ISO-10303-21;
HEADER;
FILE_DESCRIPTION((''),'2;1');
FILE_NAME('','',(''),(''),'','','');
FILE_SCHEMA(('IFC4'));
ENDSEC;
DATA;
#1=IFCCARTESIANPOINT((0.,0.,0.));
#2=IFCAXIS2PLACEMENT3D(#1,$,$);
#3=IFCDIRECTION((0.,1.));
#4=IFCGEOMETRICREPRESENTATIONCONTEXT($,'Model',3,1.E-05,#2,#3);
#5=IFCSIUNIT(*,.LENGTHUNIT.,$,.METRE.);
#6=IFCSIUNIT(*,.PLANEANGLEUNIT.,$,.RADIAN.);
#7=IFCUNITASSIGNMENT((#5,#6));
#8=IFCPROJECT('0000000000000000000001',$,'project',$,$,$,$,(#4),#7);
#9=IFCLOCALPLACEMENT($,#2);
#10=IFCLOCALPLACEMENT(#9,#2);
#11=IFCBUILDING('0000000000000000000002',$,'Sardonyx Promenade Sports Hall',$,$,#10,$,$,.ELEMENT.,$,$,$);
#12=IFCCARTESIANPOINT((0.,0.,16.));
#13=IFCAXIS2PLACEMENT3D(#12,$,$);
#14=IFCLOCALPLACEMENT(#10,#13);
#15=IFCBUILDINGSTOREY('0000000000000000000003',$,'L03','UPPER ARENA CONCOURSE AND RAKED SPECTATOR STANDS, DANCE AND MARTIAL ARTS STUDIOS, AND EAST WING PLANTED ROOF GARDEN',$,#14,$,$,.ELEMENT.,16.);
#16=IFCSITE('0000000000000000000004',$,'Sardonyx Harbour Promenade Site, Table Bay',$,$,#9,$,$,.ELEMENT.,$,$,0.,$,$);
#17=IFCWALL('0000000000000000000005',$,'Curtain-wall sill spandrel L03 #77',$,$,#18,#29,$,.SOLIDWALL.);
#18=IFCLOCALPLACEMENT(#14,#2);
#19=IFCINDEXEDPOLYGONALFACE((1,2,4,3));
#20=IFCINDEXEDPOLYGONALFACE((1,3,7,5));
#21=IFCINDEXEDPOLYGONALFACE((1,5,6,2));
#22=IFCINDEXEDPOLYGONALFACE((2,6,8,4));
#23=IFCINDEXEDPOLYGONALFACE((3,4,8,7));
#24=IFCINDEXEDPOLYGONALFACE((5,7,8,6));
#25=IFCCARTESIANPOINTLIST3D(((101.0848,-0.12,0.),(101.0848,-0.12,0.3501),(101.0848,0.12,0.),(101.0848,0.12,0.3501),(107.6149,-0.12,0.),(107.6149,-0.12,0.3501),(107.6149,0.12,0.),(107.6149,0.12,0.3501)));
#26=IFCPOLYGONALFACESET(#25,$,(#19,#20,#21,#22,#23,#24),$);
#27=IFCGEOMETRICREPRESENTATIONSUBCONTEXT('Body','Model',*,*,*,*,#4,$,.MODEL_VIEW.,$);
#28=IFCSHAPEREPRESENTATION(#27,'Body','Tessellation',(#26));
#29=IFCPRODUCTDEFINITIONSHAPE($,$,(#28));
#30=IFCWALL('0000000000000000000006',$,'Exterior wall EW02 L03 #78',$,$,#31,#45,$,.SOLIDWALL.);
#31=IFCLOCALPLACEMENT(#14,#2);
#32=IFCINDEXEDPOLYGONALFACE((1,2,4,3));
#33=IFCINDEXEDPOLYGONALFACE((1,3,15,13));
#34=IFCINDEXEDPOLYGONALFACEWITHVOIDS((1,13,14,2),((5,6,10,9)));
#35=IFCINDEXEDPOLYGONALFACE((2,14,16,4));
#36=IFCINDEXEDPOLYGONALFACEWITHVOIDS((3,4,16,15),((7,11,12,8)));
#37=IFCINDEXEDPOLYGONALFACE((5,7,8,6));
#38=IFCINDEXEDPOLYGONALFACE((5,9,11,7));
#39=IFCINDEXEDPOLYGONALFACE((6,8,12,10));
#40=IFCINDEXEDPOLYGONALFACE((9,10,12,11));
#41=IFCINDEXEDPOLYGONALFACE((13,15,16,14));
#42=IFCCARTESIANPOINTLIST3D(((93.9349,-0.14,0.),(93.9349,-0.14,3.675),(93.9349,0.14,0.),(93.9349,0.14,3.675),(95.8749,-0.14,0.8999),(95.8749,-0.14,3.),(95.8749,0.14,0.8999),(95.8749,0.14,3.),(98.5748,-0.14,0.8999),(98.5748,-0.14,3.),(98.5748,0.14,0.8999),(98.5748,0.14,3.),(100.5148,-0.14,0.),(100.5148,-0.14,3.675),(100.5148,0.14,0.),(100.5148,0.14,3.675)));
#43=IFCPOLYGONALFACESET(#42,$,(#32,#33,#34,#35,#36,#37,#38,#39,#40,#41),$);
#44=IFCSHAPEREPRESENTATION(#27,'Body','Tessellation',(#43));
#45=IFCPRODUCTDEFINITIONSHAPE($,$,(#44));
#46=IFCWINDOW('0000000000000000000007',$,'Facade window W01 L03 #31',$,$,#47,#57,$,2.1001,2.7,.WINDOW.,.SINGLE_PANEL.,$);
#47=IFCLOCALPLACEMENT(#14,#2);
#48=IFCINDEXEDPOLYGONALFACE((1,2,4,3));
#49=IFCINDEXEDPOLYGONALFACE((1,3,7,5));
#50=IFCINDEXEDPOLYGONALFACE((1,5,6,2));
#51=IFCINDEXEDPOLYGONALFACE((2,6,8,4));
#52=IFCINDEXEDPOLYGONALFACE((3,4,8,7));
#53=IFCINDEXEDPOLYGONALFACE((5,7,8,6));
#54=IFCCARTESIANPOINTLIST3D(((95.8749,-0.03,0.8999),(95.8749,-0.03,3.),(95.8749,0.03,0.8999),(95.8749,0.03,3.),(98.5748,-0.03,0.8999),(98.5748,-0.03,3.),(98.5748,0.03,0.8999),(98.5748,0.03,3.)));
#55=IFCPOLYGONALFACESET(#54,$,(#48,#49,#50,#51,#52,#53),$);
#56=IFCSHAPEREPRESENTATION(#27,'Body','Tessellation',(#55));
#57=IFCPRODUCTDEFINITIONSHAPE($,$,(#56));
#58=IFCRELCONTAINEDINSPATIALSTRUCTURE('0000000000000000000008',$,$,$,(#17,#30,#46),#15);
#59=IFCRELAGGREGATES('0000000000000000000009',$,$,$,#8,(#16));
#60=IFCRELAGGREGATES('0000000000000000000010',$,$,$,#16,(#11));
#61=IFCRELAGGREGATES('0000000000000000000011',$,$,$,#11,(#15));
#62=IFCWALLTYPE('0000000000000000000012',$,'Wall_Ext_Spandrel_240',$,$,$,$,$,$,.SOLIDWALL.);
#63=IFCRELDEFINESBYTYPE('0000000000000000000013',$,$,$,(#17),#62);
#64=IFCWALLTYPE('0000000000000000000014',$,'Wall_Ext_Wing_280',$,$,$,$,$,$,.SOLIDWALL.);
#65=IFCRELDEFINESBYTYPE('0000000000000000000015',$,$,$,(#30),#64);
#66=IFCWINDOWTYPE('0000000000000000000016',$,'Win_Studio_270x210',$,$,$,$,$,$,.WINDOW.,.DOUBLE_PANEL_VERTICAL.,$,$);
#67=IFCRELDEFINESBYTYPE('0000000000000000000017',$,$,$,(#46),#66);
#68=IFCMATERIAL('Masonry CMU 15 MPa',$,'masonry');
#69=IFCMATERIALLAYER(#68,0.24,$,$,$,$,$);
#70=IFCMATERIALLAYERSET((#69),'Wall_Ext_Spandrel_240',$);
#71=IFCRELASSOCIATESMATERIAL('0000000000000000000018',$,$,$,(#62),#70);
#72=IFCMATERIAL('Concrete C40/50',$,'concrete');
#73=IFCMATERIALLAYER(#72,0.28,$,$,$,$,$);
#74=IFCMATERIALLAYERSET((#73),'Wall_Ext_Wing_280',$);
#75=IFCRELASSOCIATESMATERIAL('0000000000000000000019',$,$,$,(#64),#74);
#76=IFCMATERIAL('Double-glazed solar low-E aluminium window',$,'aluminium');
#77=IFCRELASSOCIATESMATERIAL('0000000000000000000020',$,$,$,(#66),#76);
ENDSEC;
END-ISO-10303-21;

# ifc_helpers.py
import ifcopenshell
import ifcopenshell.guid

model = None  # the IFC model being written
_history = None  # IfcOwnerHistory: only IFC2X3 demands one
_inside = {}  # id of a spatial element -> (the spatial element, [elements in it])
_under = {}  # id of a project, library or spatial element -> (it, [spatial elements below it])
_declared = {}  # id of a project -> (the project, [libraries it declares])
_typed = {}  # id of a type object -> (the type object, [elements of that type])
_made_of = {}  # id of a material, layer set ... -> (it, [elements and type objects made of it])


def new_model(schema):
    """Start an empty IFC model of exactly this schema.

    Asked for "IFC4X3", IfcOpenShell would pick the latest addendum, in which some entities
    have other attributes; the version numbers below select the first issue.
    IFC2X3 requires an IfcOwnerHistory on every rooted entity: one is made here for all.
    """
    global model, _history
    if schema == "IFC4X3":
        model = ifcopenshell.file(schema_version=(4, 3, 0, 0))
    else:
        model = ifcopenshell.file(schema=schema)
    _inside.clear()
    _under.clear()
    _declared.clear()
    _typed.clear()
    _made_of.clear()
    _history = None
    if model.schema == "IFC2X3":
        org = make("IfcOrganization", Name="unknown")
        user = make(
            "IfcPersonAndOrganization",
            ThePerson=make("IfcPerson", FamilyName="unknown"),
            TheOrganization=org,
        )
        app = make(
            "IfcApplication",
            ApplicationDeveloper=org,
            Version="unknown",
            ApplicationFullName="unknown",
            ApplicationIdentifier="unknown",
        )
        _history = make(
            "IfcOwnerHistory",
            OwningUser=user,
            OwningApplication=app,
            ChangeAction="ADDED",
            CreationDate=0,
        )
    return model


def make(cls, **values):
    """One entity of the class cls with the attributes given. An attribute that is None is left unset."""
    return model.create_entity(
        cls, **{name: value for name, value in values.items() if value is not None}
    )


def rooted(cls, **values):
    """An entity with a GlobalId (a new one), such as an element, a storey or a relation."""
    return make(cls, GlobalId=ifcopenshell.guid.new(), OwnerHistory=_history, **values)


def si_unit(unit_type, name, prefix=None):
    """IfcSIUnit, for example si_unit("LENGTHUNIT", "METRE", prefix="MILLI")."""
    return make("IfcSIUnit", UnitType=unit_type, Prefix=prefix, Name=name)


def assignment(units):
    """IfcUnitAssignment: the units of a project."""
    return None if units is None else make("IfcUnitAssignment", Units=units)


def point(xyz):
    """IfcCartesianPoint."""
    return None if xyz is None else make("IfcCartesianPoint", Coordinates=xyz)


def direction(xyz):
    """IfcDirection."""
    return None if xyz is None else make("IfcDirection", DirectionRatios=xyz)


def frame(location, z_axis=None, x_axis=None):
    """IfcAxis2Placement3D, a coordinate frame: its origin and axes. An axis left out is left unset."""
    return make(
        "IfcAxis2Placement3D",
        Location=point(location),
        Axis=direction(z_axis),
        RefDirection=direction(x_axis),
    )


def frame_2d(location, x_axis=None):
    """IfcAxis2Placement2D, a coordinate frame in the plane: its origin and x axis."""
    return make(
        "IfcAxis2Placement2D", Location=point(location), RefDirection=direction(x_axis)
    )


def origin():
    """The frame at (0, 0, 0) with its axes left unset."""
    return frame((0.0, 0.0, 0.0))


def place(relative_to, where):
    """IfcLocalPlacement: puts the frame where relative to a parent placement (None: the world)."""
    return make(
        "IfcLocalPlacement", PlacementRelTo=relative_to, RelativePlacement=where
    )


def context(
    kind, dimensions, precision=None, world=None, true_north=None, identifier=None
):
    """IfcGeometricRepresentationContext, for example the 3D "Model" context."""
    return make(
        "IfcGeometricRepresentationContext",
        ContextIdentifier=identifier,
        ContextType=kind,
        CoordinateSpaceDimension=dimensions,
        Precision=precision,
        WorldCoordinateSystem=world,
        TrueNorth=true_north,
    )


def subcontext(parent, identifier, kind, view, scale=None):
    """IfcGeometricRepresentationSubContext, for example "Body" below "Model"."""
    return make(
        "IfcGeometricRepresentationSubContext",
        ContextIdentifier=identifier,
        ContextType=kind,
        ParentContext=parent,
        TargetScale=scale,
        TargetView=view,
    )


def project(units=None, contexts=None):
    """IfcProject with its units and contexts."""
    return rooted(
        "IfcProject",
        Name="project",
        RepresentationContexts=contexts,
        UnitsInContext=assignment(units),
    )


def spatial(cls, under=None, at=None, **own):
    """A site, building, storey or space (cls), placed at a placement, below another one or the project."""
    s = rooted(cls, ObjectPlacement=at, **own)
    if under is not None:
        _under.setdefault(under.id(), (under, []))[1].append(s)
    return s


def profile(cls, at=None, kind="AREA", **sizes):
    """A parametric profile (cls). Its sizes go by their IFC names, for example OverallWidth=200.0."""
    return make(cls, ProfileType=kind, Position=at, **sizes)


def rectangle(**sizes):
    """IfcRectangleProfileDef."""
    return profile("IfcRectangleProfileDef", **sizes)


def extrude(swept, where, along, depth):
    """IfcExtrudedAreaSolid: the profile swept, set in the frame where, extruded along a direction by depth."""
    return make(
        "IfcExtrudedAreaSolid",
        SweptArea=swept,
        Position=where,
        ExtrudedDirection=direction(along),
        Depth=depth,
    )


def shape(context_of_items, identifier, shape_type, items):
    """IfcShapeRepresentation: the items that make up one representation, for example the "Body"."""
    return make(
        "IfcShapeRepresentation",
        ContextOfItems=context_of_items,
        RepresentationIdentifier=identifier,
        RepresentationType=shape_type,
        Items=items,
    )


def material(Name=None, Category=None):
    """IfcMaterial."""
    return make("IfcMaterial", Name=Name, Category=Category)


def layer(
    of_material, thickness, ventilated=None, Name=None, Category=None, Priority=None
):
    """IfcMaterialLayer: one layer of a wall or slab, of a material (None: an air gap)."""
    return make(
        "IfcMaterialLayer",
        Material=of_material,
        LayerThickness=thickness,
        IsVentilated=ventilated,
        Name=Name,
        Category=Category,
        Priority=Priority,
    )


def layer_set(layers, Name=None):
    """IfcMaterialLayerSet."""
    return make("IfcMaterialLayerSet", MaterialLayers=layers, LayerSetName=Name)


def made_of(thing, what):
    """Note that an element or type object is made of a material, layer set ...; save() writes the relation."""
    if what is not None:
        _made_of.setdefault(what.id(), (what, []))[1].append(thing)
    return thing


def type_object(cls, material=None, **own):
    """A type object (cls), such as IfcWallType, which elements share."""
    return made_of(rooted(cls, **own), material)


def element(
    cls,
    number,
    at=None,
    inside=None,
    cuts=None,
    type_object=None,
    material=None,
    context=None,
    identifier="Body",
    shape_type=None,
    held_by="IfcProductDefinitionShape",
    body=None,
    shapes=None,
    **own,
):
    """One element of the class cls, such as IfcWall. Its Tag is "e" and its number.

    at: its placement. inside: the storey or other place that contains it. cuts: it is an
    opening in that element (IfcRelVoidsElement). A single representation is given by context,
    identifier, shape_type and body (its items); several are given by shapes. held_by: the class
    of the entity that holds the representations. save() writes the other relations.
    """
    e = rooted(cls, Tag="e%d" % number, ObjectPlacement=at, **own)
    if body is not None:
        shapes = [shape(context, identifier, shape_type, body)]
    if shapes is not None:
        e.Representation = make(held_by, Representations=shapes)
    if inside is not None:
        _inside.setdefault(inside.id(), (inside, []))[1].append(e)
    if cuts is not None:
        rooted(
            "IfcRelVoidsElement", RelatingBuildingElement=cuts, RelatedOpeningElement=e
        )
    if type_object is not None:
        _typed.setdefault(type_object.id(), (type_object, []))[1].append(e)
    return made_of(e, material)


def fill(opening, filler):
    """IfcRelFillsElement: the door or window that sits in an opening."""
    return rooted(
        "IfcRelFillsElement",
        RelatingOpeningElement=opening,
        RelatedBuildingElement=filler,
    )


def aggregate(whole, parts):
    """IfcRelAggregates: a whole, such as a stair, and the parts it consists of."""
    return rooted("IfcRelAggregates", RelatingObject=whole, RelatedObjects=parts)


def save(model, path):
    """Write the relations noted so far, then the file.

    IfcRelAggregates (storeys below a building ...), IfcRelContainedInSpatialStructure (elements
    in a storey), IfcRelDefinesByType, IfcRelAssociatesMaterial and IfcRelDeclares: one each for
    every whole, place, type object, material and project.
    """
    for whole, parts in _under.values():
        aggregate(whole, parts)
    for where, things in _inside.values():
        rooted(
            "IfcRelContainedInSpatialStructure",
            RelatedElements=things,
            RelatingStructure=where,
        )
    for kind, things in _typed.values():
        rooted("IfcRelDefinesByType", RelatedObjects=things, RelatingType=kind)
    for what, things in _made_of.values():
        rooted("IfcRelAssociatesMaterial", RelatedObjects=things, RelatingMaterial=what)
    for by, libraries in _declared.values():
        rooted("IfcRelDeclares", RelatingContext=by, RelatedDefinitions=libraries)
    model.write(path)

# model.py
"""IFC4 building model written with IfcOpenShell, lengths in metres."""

from ifc_helpers import new_model, si_unit, direction, frame, frame_2d, origin, place, context, subcontext, project, spatial, rectangle, extrude, material, layer, layer_set, type_object, element, fill, save


model = new_model("IFC4")

# Units and contexts
model_context = context("Model", 3, precision=1e-05, world=origin(), true_north=direction((0.0, 1.0)))
body_context = subcontext(model_context, "Body", "Model", "MODEL_VIEW")
ifc_project = project(units=[si_unit("LENGTHUNIT", "METRE"), si_unit("PLANEANGLEUNIT", "RADIAN")], contexts=[model_context])

# Site, building, storey
site_placement = place(None, origin())
site = spatial("IfcSite", under=ifc_project, at=site_placement, Name="Sardonyx Harbour Promenade Site, Table Bay", CompositionType="ELEMENT", RefElevation=0.0)
building_placement = place(site_placement, origin())
building = spatial("IfcBuilding", under=site, at=building_placement, Name="Sardonyx Promenade Sports Hall", CompositionType="ELEMENT")
storey_placement = place(building_placement, frame((0.0, 0.0, 16.0)))
storey = spatial("IfcBuildingStorey", under=building, at=storey_placement, Name="L03", Description="UPPER ARENA CONCOURSE AND RAKED SPECTATOR STANDS, DANCE AND MARTIAL ARTS STUDIOS, AND EAST WING PLANTED ROOF GARDEN", CompositionType="ELEMENT", Elevation=16.0)

# Wall
ifc_material_1 = material(Name="Masonry CMU 15 MPa", Category="masonry")
ifc_layer_1 = layer(ifc_material_1, 0.24)
ifc_layer_set_1 = layer_set([ifc_layer_1], Name="Wall_Ext_Spandrel_240")
wall_type_1 = type_object("IfcWallType", Name="Wall_Ext_Spandrel_240", PredefinedType="SOLIDWALL", material=ifc_layer_set_1)
wall_1_placement = place(storey_placement, frame((107.615, 0.0, 0.0), z_axis=(0.0, 0.0, 1.0), x_axis=(-1.0, 0.0, 0.0)))
element("IfcWall", 1, at=wall_1_placement, inside=storey, type_object=wall_type_1, Name="Curtain-wall sill spandrel L03 #77", PredefinedType="SOLIDWALL", context=body_context, shape_type="SweptSolid", body=[
    extrude(rectangle(XDim=6.53, YDim=0.24, at=frame_2d((3.2651, 0.0))), origin(), (0.0, 0.0, 1.0), 0.3501),
])

# Wall, opening, window
ifc_material_2 = material(Name="Concrete C40/50", Category="concrete")
ifc_layer_2 = layer(ifc_material_2, 0.28)
ifc_layer_set_2 = layer_set([ifc_layer_2], Name="Wall_Ext_Wing_280")
wall_type_2 = type_object("IfcWallType", Name="Wall_Ext_Wing_280", PredefinedType="SOLIDWALL", material=ifc_layer_set_2)
wall_2_placement = place(storey_placement, frame((100.5149, 0.0, 0.0), z_axis=(0.0, 0.0, 1.0), x_axis=(-1.0, 0.0, 0.0)))
wall_2 = element("IfcWall", 2, at=wall_2_placement, inside=storey, type_object=wall_type_2, Name="Exterior wall EW02 L03 #78", PredefinedType="SOLIDWALL", context=body_context, shape_type="SweptSolid", body=[
    extrude(rectangle(XDim=6.5798, YDim=0.28, at=frame_2d((3.29, 0.0))), origin(), (0.0, 0.0, 1.0), 3.675),
])
opening_placement = place(wall_2_placement, frame((1.9399, 0.0, 0.8999)))
opening = element("IfcOpeningElement", 3, at=opening_placement, cuts=wall_2, PredefinedType="OPENING", context=body_context, shape_type="SweptSolid", body=[
    extrude(rectangle(XDim=2.7, YDim=2.1001, at=frame_2d((1.3501, 1.05))), frame((0.0, 0.15, 0.0), z_axis=(0.0, -1.0, 0.0), x_axis=(1.0, 0.0, 0.0)), (0.0, 0.0, 1.0), 0.3),
])
ifc_material_3 = material(Name="Double-glazed solar low-E aluminium window", Category="aluminium")
window_type = type_object("IfcWindowType", Name="Win_Studio_270x210", PartitioningType="DOUBLE_PANEL_VERTICAL", PredefinedType="WINDOW", material=ifc_material_3)
window_placement = place(opening_placement, origin())
window = element("IfcWindow", 4, at=window_placement, inside=storey, type_object=window_type, Name="Facade window W01 L03 #31", OverallHeight=2.1001, OverallWidth=2.7, PartitioningType="SINGLE_PANEL", PredefinedType="WINDOW", context=body_context, shape_type="SweptSolid", body=[
    extrude(rectangle(XDim=2.7, YDim=2.1001, at=frame_2d((1.3501, 1.05))), frame((0.0, 0.03, 0.0), z_axis=(0.0, -1.0, 0.0), x_axis=(1.0, 0.0, 0.0)), (0.0, 0.0, 1.0), 0.0601),
])
fill(opening, window)

save(model, "model.ifc")
